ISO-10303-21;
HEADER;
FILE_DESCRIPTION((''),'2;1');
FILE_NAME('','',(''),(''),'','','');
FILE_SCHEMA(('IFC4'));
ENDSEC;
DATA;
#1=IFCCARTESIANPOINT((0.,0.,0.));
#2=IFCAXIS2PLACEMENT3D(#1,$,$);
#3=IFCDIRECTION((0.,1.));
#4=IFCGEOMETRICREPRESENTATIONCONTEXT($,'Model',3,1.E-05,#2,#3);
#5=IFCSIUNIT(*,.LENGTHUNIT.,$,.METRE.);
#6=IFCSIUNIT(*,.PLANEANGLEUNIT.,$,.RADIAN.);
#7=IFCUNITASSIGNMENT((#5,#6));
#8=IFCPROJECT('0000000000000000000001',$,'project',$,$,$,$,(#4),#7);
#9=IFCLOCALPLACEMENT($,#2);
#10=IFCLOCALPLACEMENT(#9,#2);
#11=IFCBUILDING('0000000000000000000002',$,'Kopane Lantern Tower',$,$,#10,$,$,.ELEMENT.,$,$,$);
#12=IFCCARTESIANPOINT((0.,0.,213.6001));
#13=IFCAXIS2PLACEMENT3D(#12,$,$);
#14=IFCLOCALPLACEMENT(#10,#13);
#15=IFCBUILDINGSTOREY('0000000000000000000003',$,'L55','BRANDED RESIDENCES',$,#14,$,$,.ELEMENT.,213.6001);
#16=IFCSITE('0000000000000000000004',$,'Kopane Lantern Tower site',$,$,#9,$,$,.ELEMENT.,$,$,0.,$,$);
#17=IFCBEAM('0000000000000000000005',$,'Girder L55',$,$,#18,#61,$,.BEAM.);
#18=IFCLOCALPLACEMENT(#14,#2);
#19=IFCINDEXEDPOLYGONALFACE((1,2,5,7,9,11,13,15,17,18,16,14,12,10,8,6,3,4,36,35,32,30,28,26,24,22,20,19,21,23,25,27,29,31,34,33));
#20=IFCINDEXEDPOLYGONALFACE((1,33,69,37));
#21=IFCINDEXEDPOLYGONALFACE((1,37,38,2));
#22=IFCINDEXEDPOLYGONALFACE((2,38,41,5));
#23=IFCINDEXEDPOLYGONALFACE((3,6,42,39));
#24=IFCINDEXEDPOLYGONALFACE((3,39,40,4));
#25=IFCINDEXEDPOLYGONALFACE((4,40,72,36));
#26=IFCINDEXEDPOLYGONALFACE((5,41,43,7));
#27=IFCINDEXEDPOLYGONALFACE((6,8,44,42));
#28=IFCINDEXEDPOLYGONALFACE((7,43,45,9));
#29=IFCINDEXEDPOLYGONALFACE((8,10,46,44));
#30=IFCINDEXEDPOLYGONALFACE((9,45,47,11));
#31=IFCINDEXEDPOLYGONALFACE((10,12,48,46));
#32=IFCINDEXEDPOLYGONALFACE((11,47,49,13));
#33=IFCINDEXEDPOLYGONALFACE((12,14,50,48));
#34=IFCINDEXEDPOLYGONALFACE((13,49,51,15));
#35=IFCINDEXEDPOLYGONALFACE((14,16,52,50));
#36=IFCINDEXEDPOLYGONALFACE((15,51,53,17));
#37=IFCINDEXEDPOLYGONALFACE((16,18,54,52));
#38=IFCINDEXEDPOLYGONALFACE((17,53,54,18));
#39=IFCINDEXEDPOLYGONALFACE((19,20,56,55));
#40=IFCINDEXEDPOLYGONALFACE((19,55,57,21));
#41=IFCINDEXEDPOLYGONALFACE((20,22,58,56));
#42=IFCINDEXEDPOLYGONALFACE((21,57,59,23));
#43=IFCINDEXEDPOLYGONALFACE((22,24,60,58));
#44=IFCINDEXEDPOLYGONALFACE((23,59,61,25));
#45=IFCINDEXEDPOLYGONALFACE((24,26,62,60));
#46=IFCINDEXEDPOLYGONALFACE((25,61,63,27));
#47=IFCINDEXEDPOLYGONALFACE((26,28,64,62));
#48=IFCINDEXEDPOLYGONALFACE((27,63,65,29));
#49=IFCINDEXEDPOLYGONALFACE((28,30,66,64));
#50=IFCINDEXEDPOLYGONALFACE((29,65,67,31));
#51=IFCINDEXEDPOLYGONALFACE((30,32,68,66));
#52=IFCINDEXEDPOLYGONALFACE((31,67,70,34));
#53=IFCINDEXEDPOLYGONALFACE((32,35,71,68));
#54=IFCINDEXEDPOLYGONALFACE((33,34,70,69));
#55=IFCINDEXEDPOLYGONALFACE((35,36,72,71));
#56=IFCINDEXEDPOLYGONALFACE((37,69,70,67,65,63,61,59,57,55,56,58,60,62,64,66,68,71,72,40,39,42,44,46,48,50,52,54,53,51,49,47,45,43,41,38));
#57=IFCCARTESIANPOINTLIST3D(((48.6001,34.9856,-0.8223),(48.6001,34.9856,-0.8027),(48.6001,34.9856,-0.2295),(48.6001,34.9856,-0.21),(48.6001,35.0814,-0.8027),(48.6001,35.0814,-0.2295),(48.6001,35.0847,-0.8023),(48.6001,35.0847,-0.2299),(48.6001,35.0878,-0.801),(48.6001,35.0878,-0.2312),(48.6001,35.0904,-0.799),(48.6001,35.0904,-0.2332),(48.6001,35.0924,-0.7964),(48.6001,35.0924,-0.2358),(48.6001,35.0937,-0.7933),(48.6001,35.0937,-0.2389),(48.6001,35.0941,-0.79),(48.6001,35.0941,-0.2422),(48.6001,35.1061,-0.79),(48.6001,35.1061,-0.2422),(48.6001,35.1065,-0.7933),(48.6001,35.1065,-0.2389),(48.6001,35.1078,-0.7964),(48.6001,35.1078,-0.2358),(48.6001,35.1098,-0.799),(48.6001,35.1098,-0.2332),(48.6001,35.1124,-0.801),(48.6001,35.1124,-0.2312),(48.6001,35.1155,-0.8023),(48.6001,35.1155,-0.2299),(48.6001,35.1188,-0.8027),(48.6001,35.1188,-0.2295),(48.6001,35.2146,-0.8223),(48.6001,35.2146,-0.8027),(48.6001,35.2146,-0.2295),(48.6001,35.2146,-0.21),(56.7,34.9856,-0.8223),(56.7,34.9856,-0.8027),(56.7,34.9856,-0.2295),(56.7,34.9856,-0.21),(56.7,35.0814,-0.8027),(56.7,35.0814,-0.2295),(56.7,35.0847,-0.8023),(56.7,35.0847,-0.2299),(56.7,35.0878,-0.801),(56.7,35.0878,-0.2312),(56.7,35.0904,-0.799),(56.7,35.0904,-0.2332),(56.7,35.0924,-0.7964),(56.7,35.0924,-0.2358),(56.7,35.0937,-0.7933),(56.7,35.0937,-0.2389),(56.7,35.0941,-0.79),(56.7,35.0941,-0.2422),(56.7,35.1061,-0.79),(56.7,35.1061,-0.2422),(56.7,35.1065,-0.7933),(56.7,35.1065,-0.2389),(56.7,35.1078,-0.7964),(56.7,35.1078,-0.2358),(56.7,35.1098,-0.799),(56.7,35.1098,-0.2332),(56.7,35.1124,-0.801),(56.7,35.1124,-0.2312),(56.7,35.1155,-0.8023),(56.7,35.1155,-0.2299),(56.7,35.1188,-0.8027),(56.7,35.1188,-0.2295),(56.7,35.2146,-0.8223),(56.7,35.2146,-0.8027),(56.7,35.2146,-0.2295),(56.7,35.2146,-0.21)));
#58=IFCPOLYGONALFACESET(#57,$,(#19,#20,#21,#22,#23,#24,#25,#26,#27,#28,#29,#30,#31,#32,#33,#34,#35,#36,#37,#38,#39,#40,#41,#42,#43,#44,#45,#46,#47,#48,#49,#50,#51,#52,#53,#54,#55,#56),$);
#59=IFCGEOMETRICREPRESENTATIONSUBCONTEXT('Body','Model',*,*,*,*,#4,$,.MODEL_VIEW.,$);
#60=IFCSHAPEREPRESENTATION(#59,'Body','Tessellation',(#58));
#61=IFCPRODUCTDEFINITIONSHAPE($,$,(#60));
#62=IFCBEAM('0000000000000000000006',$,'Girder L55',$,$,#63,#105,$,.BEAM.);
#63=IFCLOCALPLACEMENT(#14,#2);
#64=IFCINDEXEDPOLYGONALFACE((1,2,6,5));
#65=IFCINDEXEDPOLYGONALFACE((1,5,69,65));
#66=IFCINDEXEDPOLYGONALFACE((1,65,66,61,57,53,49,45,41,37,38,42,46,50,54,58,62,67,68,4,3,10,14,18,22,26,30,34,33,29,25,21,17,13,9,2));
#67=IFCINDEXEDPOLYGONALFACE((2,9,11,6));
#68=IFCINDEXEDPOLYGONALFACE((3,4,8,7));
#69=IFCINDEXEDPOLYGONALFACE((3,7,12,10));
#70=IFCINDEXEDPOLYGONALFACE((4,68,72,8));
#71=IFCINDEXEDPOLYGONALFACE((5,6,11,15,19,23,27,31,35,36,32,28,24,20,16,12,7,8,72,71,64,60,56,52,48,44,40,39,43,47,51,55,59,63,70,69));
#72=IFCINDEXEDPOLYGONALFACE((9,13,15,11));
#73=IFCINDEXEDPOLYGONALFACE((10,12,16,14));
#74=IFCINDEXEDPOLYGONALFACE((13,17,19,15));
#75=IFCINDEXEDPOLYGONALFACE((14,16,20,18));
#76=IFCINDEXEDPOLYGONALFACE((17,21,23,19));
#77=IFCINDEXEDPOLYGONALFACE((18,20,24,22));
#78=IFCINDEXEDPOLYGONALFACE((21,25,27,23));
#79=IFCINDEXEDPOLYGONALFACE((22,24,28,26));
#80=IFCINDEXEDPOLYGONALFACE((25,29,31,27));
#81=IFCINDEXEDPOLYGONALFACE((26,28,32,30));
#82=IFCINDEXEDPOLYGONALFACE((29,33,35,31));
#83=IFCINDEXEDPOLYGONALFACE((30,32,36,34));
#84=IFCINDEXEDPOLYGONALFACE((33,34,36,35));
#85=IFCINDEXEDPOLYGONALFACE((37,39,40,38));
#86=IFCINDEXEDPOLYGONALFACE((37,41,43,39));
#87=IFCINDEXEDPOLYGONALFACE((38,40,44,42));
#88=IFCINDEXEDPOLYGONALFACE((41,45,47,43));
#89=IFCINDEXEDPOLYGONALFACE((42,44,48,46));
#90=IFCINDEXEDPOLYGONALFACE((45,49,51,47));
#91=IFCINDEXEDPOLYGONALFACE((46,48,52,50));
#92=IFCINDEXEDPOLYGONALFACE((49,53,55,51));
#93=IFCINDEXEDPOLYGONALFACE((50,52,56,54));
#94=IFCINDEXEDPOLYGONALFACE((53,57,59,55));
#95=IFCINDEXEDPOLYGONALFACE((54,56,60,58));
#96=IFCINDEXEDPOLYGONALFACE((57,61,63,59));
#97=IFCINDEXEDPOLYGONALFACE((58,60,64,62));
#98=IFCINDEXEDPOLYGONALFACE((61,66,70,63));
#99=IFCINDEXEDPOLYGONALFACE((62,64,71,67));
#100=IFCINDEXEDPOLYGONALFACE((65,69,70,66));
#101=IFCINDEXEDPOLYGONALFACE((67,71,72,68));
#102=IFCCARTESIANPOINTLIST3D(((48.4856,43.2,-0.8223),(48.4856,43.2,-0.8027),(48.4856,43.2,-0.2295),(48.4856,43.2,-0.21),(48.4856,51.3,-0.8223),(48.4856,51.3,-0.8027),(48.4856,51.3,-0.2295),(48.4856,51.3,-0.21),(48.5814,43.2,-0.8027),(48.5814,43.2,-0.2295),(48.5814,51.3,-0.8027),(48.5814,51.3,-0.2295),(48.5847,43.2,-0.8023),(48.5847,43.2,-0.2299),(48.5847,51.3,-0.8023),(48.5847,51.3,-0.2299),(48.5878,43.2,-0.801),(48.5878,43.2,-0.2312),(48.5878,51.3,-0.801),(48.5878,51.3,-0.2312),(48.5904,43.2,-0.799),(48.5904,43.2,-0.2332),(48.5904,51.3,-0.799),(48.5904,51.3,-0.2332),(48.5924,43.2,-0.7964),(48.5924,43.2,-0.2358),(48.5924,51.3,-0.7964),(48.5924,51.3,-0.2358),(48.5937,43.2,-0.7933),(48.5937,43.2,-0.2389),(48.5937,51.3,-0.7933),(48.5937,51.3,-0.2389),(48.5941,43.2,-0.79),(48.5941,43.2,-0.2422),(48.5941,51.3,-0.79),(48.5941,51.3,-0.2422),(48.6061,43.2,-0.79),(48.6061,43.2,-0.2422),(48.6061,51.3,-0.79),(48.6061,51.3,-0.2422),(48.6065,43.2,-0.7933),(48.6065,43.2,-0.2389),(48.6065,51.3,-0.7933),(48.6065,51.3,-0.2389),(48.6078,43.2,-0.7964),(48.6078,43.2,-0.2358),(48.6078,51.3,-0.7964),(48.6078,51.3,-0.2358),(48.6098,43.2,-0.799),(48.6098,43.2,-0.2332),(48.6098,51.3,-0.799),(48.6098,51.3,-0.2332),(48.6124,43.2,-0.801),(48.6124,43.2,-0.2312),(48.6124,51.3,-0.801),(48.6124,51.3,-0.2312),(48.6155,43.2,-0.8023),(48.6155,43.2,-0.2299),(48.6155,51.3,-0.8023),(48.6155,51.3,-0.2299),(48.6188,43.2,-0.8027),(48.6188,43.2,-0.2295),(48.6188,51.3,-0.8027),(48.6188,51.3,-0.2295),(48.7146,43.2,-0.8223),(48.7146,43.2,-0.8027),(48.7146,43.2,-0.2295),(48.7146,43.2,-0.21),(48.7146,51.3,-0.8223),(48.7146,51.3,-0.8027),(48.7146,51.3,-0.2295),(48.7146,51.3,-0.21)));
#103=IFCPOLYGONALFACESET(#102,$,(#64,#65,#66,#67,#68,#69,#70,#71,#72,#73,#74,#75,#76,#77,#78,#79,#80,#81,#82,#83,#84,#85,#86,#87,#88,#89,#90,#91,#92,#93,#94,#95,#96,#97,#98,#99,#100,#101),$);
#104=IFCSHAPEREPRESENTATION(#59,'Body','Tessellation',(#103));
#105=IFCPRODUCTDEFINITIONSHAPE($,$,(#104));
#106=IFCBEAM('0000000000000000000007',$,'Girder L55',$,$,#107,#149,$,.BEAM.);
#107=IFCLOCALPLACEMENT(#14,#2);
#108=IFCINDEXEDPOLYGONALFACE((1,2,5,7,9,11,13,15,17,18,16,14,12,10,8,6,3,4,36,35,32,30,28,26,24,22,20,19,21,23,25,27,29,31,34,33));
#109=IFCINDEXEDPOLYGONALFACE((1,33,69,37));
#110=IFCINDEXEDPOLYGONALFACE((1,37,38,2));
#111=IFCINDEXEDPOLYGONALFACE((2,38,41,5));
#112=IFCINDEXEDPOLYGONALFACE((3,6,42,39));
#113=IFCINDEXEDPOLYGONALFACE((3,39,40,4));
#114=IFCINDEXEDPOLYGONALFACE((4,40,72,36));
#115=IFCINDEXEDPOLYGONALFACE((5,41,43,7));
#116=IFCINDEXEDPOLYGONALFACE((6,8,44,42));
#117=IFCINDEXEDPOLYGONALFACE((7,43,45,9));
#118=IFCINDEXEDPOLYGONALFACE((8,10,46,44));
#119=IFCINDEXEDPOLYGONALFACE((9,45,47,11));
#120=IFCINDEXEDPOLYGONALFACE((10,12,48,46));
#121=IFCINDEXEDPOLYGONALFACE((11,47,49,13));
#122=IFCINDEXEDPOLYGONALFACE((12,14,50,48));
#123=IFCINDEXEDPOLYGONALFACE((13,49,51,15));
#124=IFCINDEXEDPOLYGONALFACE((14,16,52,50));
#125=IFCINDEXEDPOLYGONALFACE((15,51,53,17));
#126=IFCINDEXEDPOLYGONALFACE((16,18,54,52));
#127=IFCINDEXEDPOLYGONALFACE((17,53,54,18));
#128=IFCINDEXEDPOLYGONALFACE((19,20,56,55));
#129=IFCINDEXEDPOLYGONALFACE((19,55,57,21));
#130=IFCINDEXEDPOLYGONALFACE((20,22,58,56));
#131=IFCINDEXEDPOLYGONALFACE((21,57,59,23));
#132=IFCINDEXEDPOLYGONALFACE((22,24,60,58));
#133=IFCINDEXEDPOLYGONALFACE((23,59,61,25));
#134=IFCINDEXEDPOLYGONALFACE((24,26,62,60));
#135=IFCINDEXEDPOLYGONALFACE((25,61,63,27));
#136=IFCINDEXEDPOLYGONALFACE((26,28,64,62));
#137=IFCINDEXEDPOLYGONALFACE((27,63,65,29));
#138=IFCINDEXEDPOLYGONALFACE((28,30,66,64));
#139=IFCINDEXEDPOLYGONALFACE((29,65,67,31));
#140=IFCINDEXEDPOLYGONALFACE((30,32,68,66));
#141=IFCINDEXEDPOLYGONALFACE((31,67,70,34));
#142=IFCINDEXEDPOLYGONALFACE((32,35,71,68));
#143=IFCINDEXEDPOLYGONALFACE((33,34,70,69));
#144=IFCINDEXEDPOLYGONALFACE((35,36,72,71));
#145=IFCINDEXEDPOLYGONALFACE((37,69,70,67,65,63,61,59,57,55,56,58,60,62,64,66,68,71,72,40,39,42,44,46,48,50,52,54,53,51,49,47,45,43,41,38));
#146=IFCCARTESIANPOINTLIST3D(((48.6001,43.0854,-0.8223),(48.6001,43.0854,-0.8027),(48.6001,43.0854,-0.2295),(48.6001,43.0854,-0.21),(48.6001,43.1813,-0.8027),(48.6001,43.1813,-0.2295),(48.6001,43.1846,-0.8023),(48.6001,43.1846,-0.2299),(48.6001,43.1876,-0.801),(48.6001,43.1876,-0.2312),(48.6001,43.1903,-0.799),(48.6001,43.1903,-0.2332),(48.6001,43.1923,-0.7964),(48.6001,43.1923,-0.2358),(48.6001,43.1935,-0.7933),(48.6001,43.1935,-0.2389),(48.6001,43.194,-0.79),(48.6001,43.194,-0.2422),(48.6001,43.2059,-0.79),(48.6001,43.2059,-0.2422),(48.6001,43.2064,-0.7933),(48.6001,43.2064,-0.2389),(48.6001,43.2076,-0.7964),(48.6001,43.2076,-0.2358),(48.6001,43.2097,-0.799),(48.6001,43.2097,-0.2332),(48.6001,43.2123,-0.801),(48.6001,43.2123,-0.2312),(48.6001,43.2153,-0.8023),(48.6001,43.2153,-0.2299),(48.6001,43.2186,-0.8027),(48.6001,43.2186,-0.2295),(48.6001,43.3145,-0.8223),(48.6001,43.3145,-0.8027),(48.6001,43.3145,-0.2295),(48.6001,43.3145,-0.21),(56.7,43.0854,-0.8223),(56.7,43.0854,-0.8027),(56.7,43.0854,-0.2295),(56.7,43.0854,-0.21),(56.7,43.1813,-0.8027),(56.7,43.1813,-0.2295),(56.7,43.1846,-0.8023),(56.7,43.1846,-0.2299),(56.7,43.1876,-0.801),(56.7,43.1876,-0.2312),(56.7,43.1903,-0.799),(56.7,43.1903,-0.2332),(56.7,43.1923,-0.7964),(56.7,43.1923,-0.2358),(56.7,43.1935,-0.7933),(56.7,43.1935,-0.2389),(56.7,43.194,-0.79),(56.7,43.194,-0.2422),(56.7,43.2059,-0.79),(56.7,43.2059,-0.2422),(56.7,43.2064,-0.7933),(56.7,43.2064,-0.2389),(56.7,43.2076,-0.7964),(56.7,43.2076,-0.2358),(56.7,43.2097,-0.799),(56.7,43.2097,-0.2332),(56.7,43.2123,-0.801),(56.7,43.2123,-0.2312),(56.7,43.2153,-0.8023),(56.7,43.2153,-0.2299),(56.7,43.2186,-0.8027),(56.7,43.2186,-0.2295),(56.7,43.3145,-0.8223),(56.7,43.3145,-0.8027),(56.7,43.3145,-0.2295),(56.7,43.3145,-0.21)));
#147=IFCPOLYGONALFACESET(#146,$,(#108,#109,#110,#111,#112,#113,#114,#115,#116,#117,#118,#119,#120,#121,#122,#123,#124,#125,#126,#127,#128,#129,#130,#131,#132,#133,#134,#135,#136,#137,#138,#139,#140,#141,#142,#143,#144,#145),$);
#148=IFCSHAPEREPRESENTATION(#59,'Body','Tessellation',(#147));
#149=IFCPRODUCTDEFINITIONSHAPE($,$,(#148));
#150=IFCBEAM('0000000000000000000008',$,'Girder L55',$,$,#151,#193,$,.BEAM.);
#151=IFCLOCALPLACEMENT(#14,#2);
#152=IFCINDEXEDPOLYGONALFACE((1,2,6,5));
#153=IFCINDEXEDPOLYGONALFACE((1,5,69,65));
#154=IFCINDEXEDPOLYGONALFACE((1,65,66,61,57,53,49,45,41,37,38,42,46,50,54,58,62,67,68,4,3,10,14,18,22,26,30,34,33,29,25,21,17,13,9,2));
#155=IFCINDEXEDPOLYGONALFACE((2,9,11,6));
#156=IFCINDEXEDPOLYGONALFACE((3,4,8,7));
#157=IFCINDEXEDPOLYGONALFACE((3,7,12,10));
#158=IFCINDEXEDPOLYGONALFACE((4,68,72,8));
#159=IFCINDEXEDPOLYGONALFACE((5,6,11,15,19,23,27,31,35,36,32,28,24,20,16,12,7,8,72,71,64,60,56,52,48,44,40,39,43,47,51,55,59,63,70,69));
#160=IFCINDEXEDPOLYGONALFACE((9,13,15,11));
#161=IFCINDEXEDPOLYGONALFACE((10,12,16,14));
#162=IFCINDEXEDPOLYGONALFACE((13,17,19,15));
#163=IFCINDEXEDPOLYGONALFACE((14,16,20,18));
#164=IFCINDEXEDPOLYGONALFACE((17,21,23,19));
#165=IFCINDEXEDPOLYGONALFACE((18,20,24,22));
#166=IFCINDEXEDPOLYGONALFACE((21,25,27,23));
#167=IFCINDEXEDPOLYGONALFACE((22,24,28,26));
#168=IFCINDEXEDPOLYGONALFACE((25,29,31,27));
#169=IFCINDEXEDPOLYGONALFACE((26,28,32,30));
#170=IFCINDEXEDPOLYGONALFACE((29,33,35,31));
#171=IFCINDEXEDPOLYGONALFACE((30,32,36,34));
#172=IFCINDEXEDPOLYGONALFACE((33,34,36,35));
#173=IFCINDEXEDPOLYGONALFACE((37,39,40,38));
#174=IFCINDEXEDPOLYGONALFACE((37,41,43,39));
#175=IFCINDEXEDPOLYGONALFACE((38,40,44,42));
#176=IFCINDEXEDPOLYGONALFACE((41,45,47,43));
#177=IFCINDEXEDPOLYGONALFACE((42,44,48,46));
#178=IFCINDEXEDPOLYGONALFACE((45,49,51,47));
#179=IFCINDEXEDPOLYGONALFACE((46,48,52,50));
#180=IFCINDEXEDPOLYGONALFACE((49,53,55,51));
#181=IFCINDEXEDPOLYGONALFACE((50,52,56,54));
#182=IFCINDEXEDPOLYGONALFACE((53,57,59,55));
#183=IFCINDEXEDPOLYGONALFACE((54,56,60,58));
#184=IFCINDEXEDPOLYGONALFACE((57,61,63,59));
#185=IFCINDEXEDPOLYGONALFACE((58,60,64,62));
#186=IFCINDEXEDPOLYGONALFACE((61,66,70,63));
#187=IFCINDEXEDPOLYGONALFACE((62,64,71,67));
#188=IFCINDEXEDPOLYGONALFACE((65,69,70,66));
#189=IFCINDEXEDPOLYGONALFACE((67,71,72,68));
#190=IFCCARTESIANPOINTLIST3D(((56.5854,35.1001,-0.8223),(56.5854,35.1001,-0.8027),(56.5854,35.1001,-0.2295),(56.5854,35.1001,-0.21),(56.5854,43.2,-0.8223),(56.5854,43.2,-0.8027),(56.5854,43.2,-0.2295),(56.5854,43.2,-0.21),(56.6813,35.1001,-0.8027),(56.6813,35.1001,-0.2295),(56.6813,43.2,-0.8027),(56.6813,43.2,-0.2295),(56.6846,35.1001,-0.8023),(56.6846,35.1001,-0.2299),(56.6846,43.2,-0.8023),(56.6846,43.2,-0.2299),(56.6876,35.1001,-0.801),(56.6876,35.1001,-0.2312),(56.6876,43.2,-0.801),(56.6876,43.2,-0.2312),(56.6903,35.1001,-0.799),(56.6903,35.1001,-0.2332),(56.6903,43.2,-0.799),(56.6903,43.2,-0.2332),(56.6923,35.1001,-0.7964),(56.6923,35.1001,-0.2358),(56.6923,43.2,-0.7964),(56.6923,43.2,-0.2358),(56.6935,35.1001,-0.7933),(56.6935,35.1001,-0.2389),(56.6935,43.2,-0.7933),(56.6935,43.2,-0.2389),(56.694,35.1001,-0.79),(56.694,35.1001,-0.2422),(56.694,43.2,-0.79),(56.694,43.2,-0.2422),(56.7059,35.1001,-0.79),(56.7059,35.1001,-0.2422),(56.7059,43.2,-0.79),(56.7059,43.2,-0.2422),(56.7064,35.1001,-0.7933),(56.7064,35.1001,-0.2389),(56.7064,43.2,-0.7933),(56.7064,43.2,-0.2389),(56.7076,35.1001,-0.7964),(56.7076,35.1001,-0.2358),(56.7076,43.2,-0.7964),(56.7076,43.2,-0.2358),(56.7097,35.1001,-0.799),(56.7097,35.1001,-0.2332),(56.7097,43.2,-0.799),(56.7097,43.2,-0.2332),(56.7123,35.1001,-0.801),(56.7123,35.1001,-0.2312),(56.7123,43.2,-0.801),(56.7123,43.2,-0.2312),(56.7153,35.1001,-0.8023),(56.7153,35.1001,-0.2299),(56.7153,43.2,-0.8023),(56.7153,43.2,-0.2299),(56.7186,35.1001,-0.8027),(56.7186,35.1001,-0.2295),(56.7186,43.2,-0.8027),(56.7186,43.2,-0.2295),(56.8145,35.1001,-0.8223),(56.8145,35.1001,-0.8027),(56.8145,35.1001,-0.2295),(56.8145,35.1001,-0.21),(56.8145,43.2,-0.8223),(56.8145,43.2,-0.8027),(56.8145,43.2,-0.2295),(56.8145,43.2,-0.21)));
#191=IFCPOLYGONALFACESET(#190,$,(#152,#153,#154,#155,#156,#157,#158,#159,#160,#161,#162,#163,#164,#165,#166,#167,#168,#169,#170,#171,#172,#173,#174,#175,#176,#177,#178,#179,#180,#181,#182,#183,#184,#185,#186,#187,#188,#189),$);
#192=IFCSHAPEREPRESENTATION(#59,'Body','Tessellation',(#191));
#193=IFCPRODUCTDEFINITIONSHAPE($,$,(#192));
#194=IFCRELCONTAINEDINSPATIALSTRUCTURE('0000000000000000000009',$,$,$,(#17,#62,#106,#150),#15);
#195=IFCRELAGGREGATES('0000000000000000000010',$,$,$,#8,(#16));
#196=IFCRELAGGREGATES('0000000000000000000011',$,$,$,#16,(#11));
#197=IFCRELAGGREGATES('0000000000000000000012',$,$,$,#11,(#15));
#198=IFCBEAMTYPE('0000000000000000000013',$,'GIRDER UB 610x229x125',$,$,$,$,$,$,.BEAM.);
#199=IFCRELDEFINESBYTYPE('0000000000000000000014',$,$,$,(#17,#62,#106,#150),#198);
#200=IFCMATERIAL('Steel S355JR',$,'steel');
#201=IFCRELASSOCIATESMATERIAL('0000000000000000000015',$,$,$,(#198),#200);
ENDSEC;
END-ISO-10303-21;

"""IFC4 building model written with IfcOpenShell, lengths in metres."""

from ifc_helpers import new_model, si_unit, direction, frame, origin, origin_2d, place, context, subcontext, project, spatial, i_section, extrude, material, material_profile, profile_set, type_object, element, save


model = new_model("IFC4")

# Units and contexts
model_context = context("Model", 3, precision=1e-05, world=origin(), true_north=direction((0.0, 1.0)))
body_context = subcontext(model_context, "Body", "Model", "MODEL_VIEW")
ifc_project = project(units=[si_unit("LENGTHUNIT", "METRE"), si_unit("PLANEANGLEUNIT", "RADIAN")], contexts=[model_context])

# Site, building, storey
site_placement = place(None, origin())
site = spatial("IfcSite", under=ifc_project, at=site_placement, Name="Kopane Lantern Tower site", CompositionType="ELEMENT", RefElevation=0.0)
building_placement = place(site_placement, origin())
building = spatial("IfcBuilding", under=site, at=building_placement, Name="Kopane Lantern Tower", CompositionType="ELEMENT")
storey_placement = place(building_placement, frame((0.0, 0.0, 213.6001)))
storey = spatial("IfcBuildingStorey", under=building, at=storey_placement, Name="L55", Description="BRANDED RESIDENCES", CompositionType="ELEMENT", Elevation=213.6001)

# Beams
ifc_material_1 = material(Name="Steel S355JR", Category="steel")
ifc_material_profile_1 = material_profile(ifc_material_1, i_section(OverallWidth=0.229, OverallDepth=0.6123, WebThickness=0.012, FlangeThickness=0.0195, FilletRadius=0.0127, at=origin_2d()), Name="UB 610x229x125")
ifc_profile_set_1 = profile_set([ifc_material_profile_1], Name="Steel S355JR")
beam_type = type_object("IfcBeamType", Name="GIRDER UB 610x229x125", PredefinedType="BEAM", material=ifc_profile_set_1)
for number, where, z_axis, x_axis, name in (
    (1, (48.6001, 35.1001, -0.5161), (1.0, 0.0, 0.0), (0.0, 1.0, 0.0), "Girder L55"),
):
    element("IfcBeam", number, at=place(storey_placement, frame(where, z_axis=z_axis, x_axis=x_axis)), inside=storey, type_object=beam_type, Name=name, PredefinedType="BEAM", context=body_context, shape_type="SweptSolid", body=[
        extrude(i_section(OverallWidth=0.229, OverallDepth=0.6123, WebThickness=0.012, FlangeThickness=0.0195, FilletRadius=0.0127, at=origin_2d()), origin(), (0.0, 0.0, 1.0), 8.0999),
    ])
beam_placement = place(storey_placement, frame((48.6001, 43.2, -0.5161), z_axis=(0.0, 1.0, 0.0), x_axis=(-1.0, 0.0, 0.0)))
element("IfcBeam", 2, at=beam_placement, inside=storey, type_object=beam_type, Name="Girder L55", PredefinedType="BEAM", context=body_context, shape_type="SweptSolid", body=[
    extrude(i_section(OverallWidth=0.229, OverallDepth=0.6123, WebThickness=0.012, FlangeThickness=0.0195, FilletRadius=0.0127, at=origin_2d()), origin(), (0.0, 0.0, 1.0), 8.1001),
])
for number, where, z_axis, x_axis, name in (
    (3, (48.6001, 43.2, -0.5161), (1.0, 0.0, 0.0), (0.0, 1.0, 0.0), "Girder L55"),
    (4, (56.7, 35.1001, -0.5161), (0.0, 1.0, 0.0), (-1.0, 0.0, 0.0), "Girder L55"),
):
    element("IfcBeam", number, at=place(storey_placement, frame(where, z_axis=z_axis, x_axis=x_axis)), inside=storey, type_object=beam_type, Name=name, PredefinedType="BEAM", context=body_context, shape_type="SweptSolid", body=[
        extrude(i_section(OverallWidth=0.229, OverallDepth=0.6123, WebThickness=0.012, FlangeThickness=0.0195, FilletRadius=0.0127, at=origin_2d()), origin(), (0.0, 0.0, 1.0), 8.0999),
    ])

save(model, "model.ifc")
